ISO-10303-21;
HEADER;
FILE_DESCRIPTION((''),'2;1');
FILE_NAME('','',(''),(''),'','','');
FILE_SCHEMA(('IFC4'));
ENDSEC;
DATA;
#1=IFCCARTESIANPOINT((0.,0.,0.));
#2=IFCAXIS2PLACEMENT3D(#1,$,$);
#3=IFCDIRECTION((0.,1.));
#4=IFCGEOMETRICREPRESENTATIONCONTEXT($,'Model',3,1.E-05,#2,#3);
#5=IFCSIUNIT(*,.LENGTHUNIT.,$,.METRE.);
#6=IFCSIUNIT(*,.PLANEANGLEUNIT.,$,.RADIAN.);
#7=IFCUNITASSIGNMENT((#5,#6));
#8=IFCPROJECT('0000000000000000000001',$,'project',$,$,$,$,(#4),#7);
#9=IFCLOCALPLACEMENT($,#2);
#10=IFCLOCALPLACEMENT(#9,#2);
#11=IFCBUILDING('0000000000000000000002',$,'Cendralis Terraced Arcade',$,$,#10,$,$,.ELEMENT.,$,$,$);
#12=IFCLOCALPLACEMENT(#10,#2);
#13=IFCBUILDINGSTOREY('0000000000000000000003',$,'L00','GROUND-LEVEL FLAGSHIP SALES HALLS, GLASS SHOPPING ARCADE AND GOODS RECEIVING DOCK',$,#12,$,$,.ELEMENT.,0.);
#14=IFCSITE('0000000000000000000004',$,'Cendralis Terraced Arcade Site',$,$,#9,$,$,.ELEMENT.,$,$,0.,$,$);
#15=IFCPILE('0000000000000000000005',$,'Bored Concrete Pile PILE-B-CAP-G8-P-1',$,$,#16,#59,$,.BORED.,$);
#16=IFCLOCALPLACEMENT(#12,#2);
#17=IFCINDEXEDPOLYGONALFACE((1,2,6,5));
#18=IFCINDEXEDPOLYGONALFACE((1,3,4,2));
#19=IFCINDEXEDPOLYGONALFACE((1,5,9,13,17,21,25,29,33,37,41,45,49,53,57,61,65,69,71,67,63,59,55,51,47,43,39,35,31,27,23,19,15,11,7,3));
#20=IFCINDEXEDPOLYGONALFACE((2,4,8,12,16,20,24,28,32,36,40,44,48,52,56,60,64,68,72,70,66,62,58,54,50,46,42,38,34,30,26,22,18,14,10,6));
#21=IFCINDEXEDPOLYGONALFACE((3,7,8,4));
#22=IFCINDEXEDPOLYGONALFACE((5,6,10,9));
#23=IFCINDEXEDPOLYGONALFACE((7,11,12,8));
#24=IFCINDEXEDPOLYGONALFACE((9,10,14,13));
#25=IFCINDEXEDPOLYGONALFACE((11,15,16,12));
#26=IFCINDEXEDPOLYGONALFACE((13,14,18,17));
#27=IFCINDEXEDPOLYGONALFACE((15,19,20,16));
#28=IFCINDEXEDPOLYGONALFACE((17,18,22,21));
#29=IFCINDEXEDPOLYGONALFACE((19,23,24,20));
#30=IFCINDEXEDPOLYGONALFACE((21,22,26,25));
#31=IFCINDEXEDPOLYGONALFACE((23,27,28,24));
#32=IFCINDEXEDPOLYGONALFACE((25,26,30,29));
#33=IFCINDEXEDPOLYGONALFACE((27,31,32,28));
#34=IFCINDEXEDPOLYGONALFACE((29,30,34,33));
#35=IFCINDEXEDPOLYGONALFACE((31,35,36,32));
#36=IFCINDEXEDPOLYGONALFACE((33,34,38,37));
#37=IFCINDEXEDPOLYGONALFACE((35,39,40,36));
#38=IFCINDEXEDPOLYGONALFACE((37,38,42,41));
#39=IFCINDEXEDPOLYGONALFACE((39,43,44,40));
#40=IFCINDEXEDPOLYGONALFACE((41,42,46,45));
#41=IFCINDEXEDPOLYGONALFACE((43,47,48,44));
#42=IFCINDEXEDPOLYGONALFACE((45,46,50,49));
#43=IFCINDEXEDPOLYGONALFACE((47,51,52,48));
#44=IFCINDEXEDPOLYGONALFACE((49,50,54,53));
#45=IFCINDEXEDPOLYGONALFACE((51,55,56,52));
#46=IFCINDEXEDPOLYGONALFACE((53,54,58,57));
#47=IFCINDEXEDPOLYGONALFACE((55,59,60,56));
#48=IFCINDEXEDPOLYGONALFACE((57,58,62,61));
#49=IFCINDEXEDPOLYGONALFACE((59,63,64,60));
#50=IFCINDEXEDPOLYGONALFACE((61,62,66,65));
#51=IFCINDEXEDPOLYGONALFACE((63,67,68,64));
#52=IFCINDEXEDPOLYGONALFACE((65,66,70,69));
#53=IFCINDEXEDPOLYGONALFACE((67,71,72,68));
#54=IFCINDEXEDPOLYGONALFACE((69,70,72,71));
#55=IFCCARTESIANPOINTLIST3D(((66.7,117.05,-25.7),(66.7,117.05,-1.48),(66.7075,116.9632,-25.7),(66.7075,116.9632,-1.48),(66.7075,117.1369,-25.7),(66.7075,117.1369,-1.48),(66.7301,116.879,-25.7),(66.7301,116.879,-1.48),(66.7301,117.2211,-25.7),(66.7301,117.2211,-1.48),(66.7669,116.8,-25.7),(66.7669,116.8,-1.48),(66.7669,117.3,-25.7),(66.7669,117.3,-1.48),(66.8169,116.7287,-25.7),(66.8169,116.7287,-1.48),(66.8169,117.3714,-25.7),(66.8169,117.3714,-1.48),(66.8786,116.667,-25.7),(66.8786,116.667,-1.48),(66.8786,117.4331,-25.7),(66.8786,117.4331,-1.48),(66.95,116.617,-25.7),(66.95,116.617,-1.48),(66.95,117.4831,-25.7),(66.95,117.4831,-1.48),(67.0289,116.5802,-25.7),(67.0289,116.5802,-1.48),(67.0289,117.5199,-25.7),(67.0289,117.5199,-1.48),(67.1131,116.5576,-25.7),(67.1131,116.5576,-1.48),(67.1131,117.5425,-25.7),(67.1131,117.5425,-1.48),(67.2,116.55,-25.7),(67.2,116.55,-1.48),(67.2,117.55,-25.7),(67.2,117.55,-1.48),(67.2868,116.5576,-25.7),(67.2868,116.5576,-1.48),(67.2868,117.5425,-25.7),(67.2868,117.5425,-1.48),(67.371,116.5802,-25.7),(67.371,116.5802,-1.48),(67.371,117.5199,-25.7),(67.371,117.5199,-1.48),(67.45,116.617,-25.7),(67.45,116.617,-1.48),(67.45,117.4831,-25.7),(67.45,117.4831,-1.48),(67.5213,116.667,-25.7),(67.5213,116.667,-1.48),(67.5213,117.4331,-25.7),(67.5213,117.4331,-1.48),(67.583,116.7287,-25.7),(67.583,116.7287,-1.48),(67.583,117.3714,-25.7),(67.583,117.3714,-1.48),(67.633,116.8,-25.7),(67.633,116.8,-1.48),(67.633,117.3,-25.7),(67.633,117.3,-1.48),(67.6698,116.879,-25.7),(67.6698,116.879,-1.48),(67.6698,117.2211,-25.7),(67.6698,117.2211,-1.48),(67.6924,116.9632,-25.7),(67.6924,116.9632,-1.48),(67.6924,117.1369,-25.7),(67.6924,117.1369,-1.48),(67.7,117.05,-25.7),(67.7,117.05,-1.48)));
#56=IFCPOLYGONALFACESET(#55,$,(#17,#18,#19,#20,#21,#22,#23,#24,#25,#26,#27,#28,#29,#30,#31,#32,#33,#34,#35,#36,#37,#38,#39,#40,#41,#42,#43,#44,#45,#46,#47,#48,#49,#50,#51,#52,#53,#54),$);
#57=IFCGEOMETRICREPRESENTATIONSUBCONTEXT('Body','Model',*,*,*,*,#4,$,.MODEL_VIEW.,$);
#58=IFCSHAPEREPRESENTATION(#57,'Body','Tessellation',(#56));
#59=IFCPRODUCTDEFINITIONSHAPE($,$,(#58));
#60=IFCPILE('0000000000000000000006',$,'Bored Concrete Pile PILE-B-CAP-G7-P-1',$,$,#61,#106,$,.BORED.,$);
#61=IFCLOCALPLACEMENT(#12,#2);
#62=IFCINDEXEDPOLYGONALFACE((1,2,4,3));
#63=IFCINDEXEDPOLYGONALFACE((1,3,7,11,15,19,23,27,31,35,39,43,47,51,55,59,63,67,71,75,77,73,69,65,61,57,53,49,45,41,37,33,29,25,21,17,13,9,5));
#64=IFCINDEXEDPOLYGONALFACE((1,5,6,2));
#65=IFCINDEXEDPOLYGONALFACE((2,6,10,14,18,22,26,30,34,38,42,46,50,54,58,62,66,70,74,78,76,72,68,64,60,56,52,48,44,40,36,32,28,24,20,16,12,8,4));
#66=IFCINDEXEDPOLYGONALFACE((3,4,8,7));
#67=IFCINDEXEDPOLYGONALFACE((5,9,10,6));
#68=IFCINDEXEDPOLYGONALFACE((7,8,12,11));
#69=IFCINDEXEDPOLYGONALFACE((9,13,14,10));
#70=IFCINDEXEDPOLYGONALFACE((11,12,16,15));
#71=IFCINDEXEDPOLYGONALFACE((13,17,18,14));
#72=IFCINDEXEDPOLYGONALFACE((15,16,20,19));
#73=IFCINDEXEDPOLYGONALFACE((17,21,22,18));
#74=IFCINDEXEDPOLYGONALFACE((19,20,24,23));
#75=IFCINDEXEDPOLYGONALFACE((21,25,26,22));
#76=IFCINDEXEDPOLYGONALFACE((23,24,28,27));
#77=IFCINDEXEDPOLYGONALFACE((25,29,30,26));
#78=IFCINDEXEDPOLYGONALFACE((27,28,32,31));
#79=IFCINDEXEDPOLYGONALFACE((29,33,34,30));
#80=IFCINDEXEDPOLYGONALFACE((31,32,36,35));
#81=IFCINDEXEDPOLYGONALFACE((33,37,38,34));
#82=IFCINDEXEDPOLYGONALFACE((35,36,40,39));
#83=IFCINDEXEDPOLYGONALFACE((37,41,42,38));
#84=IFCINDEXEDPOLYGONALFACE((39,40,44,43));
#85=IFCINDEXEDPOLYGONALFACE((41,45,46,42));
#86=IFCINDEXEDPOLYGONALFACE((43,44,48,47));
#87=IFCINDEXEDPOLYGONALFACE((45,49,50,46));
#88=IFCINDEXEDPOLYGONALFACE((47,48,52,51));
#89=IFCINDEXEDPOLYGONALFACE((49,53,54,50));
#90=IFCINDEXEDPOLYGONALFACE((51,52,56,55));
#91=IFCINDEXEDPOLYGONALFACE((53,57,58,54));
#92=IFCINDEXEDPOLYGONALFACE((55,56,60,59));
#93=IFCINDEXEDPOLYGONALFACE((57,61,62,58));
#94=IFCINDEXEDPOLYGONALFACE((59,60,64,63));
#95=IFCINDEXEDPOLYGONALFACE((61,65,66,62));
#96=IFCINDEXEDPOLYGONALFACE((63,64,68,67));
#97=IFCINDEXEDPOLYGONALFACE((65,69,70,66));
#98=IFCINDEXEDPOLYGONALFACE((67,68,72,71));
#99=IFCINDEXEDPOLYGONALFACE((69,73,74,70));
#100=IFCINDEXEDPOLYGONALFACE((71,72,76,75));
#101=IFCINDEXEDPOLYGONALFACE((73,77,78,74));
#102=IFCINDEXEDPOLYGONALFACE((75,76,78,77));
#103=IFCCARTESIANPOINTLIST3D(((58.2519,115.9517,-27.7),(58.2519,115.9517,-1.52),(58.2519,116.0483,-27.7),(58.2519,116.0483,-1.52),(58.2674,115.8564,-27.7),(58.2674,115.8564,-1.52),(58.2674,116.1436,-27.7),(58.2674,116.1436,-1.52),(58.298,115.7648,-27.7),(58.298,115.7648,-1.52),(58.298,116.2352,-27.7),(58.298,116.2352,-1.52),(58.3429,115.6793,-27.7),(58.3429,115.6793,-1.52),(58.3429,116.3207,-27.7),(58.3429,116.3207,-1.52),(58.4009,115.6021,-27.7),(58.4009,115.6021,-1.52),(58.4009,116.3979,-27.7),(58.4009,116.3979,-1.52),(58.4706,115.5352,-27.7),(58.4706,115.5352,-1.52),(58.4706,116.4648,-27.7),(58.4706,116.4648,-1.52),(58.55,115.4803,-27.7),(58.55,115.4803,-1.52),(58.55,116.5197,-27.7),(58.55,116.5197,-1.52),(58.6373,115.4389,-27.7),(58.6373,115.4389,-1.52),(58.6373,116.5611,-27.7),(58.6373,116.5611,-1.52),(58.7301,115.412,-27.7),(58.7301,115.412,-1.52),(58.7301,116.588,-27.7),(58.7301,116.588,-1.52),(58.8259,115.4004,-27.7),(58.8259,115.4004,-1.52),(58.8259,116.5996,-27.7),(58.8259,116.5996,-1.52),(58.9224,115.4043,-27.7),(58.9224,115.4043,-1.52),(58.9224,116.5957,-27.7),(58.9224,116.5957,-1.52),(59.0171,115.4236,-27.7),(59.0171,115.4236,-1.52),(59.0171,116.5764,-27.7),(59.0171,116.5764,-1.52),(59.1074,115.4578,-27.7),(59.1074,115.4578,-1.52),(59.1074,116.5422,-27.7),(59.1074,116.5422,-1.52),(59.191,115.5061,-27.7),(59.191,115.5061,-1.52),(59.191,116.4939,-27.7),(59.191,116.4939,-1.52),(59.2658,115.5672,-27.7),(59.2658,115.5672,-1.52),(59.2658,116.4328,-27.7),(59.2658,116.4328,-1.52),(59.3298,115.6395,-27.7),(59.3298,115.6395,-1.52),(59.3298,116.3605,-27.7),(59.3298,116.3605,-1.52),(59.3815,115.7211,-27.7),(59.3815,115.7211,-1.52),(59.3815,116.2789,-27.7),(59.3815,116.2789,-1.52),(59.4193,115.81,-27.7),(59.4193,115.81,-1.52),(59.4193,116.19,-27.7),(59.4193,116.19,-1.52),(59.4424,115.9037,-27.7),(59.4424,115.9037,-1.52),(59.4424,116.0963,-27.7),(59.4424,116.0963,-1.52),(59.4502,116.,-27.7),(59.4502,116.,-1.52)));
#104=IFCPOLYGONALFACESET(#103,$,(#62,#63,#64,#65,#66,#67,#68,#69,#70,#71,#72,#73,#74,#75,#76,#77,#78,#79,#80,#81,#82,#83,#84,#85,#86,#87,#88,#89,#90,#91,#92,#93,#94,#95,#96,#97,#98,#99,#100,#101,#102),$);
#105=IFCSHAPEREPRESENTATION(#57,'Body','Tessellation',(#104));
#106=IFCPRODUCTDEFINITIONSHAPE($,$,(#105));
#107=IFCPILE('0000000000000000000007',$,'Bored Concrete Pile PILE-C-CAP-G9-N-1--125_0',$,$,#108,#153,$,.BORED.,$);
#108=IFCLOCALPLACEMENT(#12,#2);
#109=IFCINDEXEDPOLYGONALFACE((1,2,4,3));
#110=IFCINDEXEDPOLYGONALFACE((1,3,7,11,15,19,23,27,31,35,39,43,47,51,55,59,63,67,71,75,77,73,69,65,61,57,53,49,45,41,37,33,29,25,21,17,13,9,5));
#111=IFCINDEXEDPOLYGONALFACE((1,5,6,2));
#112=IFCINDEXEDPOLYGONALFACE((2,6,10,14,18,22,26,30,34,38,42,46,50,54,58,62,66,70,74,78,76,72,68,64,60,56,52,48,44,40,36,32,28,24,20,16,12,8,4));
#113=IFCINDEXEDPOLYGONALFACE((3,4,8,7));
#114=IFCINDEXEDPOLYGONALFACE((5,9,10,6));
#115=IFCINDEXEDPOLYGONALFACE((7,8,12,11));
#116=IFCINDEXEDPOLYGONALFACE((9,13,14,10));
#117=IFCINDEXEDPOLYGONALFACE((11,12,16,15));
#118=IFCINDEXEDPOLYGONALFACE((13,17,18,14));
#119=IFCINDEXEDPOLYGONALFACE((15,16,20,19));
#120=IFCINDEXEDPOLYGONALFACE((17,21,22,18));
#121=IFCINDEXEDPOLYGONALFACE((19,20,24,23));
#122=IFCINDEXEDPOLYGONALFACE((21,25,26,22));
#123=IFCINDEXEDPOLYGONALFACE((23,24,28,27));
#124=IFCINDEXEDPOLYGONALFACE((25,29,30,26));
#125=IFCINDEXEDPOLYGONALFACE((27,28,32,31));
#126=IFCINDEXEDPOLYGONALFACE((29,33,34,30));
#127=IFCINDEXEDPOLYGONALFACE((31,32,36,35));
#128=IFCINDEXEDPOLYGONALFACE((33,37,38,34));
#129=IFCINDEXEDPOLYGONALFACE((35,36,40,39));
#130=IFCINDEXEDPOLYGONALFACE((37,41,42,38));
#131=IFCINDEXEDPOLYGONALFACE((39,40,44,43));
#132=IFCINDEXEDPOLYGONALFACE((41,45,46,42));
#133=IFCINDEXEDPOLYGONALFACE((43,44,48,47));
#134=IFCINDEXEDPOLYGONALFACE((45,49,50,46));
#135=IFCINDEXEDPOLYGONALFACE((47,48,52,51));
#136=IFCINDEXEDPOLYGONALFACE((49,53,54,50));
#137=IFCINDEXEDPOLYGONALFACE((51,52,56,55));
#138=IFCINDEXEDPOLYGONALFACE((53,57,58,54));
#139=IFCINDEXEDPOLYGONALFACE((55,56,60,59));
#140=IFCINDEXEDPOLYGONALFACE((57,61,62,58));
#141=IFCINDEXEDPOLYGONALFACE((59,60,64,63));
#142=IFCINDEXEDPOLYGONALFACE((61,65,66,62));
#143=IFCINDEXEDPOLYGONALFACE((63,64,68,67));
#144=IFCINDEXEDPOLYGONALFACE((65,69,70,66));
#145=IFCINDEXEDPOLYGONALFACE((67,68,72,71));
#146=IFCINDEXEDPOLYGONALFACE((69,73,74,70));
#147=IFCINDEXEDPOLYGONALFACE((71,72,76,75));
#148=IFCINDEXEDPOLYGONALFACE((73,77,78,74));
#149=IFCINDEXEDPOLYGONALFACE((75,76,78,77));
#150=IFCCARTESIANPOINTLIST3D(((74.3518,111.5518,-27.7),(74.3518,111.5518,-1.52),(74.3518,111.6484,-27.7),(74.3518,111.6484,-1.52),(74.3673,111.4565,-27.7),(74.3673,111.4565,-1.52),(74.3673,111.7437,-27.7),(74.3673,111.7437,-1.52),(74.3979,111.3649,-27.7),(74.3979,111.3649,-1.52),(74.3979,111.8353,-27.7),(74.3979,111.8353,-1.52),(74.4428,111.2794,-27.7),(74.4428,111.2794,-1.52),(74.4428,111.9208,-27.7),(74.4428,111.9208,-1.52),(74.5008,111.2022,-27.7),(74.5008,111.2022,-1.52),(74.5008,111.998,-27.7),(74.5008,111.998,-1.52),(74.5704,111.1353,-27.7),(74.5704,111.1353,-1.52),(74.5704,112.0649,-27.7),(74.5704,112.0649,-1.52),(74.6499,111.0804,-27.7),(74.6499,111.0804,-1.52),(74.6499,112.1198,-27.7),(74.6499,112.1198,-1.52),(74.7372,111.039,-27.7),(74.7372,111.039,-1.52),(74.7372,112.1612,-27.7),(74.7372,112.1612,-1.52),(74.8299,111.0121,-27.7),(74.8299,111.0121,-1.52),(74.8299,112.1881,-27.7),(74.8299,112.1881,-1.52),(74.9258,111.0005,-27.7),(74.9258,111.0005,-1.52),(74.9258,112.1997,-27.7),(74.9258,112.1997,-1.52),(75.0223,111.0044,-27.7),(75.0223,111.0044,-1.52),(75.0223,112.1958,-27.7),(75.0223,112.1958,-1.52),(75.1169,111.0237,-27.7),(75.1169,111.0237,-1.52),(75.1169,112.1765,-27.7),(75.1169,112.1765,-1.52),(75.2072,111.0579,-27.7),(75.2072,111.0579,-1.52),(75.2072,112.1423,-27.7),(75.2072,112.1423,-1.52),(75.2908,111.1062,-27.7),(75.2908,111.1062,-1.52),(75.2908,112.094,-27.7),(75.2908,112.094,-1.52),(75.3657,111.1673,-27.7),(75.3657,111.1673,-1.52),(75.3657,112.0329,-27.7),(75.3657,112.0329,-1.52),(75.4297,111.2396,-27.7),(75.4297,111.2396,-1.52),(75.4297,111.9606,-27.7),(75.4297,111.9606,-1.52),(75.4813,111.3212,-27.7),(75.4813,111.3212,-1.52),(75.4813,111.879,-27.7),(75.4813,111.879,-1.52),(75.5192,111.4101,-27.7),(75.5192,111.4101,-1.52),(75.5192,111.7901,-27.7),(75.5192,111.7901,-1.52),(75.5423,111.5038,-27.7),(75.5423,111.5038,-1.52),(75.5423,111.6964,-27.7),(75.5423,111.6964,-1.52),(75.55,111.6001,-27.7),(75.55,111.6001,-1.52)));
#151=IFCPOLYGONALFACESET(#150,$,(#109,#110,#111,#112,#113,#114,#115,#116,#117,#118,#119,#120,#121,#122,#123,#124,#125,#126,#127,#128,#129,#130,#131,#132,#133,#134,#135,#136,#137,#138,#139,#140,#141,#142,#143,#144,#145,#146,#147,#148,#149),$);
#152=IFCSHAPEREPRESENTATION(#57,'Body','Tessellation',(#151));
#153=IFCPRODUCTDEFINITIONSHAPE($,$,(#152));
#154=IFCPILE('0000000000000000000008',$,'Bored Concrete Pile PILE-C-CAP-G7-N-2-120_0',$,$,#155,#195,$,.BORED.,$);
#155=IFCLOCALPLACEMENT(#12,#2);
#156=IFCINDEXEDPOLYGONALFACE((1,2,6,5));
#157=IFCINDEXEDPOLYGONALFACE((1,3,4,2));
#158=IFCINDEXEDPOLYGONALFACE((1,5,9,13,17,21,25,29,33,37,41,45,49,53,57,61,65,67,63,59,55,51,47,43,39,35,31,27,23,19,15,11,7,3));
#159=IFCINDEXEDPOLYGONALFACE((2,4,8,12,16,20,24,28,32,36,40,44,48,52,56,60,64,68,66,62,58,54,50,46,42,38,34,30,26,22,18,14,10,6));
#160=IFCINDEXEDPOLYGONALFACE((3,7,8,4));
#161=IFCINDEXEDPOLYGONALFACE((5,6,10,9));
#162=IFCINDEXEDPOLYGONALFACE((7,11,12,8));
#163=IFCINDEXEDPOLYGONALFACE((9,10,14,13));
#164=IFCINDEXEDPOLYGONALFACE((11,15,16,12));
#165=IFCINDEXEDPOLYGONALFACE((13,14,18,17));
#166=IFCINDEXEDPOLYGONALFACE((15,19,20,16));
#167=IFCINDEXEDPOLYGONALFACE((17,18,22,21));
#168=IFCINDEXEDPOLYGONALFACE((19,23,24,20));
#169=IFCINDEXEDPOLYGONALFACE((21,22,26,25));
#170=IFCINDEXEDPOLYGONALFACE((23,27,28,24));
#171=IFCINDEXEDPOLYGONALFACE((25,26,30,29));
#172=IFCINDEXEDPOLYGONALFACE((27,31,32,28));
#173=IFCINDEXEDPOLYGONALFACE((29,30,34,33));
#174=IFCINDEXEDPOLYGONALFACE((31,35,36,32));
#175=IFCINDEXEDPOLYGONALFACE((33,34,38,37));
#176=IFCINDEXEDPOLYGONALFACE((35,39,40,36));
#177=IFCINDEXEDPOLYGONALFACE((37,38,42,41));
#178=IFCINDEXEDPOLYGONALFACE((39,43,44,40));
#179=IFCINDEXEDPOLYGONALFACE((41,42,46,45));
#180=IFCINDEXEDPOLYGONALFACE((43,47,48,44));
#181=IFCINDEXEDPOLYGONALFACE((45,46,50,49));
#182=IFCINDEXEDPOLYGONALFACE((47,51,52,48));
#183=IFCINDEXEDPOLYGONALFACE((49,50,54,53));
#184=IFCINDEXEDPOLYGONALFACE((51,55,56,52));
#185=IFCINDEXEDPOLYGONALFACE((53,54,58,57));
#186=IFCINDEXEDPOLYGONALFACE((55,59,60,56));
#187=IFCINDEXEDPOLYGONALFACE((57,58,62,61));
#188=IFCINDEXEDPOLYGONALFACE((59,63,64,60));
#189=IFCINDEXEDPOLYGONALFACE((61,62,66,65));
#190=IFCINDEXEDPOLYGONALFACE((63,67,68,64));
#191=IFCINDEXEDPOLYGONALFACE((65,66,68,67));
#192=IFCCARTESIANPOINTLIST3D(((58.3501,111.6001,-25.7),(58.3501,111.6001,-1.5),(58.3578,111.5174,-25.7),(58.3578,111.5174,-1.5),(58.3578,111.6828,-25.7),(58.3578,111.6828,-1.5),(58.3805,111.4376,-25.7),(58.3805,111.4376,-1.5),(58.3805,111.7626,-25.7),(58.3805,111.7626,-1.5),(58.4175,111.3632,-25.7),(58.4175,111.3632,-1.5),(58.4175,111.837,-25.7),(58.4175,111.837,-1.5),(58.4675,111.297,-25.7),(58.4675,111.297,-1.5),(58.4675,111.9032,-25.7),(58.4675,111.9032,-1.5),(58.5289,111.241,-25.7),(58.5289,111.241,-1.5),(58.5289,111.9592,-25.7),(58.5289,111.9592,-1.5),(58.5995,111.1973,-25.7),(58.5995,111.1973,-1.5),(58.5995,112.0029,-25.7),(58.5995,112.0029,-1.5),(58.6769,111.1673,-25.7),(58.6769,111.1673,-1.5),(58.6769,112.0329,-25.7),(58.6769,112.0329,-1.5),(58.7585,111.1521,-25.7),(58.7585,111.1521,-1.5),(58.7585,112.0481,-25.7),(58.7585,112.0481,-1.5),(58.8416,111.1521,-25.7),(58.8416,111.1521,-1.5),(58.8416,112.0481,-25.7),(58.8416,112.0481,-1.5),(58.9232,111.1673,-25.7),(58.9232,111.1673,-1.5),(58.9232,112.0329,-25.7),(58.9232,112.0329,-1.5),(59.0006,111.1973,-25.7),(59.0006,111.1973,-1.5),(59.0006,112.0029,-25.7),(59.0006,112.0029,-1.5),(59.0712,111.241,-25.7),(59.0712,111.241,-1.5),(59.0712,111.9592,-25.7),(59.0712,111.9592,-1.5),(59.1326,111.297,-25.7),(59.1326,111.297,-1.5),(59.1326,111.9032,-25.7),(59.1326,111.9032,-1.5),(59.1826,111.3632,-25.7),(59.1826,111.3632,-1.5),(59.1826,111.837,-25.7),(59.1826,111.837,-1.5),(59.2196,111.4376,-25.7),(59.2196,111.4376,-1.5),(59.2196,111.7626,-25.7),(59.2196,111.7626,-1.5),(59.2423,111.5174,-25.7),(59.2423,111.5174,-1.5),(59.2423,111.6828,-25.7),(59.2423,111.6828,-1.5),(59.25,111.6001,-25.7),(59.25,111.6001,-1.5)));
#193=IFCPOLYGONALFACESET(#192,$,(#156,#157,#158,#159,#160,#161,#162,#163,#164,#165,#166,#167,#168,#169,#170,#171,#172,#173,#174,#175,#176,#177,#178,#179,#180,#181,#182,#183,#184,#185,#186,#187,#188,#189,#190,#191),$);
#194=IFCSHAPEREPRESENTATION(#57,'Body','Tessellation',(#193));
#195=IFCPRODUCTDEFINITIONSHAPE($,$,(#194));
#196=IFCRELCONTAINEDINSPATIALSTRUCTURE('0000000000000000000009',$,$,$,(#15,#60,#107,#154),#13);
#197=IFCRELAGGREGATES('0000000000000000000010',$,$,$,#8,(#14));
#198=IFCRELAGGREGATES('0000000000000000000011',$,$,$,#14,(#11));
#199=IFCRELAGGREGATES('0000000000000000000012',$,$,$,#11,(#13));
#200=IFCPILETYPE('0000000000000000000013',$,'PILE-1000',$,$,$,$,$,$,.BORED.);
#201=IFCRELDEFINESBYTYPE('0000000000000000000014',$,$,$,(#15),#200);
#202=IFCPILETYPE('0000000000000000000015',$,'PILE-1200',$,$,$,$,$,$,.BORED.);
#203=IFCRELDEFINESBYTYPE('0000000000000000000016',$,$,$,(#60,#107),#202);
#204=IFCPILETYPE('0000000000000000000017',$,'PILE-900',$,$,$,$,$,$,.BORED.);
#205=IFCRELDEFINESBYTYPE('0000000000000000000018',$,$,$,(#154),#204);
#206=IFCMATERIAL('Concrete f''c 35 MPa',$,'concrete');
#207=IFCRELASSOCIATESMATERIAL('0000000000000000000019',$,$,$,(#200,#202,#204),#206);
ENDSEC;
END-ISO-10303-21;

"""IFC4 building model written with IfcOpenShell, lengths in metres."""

from ifc_helpers import new_model, si_unit, direction, frame, origin, origin_2d, place, context, subcontext, project, spatial, circle, extrude, material, material_profile, profile_set, type_object, element, save


model = new_model("IFC4")

# Units and contexts
model_context = context("Model", 3, precision=1e-05, world=origin(), true_north=direction((0.0, 1.0)))
body_context = subcontext(model_context, "Body", "Model", "MODEL_VIEW")
ifc_project = project(units=[si_unit("LENGTHUNIT", "METRE"), si_unit("PLANEANGLEUNIT", "RADIAN")], contexts=[model_context])

# Site, building, storey
site_placement = place(None, origin())
site = spatial("IfcSite", under=ifc_project, at=site_placement, Name="Cendralis Terraced Arcade Site", CompositionType="ELEMENT", RefElevation=0.0)
building_placement = place(site_placement, origin())
building = spatial("IfcBuilding", under=site, at=building_placement, Name="Cendralis Terraced Arcade", CompositionType="ELEMENT")
storey_placement = place(building_placement, origin())
storey = spatial("IfcBuildingStorey", under=building, at=storey_placement, Name="L00", Description="GROUND-LEVEL FLAGSHIP SALES HALLS, GLASS SHOPPING ARCADE AND GOODS RECEIVING DOCK", CompositionType="ELEMENT", Elevation=0.0)

# Shared definitions
ifc_material_1 = material(Name="Concrete f'c 35 MPa", Category="concrete")

# Piles
ifc_material_profile_1 = material_profile(ifc_material_1, circle(Radius=0.5, at=origin_2d()), Name="PILE-D1000", Category="LoadBearing")
ifc_profile_set_1 = profile_set([ifc_material_profile_1], Name="Concrete f'c 35 MPa")
pile_type_1 = type_object("IfcPileType", Name="PILE-1000", PredefinedType="BORED", material=ifc_profile_set_1)
for number, where, z_axis, x_axis, name in (
    (1, (67.2, 117.05, -1.48), (0.0, 0.0, -1.0), (1.0, 0.0, 0.0), "Bored Concrete Pile PILE-B-CAP-G8-P-1"),
):
    element("IfcPile", number, at=place(storey_placement, frame(where, z_axis=z_axis, x_axis=x_axis)), inside=storey, type_object=pile_type_1, Name=name, PredefinedType="BORED", context=body_context, shape_type="SweptSolid", body=[
        extrude(circle(Radius=0.5, at=origin_2d()), origin(), (0.0, 0.0, 1.0), 24.22),
    ])
ifc_material_profile_2 = material_profile(ifc_material_1, circle(Radius=0.6001, at=origin_2d()), Name="PILE-D1200", Category="LoadBearing")
ifc_profile_set_2 = profile_set([ifc_material_profile_2], Name="Concrete f'c 35 MPa")
pile_type_2 = type_object("IfcPileType", Name="PILE-1200", PredefinedType="BORED", material=ifc_profile_set_2)
for number, where, z_axis, x_axis, name in (
    (2, (58.8501, 116.0, -1.52), (0.0, 0.0, -1.0), (1.0, 0.0, 0.0), "Bored Concrete Pile PILE-B-CAP-G7-P-1"),
    (3, (74.95, 111.6001, -1.52), (0.0, 0.0, -1.0), (1.0, 0.0, 0.0), "Bored Concrete Pile PILE-C-CAP-G9-N-1--125_0"),
):
    element("IfcPile", number, at=place(storey_placement, frame(where, z_axis=z_axis, x_axis=x_axis)), inside=storey, type_object=pile_type_2, Name=name, PredefinedType="BORED", context=body_context, shape_type="SweptSolid", body=[
        extrude(circle(Radius=0.6001, at=origin_2d()), origin(), (0.0, 0.0, 1.0), 26.1799),
    ])
ifc_material_profile_3 = material_profile(ifc_material_1, circle(Radius=0.45, at=origin_2d()), Name="PILE-D900", Category="LoadBearing")
ifc_profile_set_3 = profile_set([ifc_material_profile_3], Name="Concrete f'c 35 MPa")
pile_type_3 = type_object("IfcPileType", Name="PILE-900", PredefinedType="BORED", material=ifc_profile_set_3)
for number, where, z_axis, x_axis, name in (
    (4, (58.8, 111.6001, -1.5), (0.0, 0.0, -1.0), (1.0, 0.0, 0.0), "Bored Concrete Pile PILE-C-CAP-G7-N-2-120_0"),
):
    element("IfcPile", number, at=place(storey_placement, frame(where, z_axis=z_axis, x_axis=x_axis)), inside=storey, type_object=pile_type_3, Name=name, PredefinedType="BORED", context=body_context, shape_type="SweptSolid", body=[
        extrude(circle(Radius=0.45, at=origin_2d()), origin(), (0.0, 0.0, 1.0), 24.2),
    ])

save(model, "model.ifc")
